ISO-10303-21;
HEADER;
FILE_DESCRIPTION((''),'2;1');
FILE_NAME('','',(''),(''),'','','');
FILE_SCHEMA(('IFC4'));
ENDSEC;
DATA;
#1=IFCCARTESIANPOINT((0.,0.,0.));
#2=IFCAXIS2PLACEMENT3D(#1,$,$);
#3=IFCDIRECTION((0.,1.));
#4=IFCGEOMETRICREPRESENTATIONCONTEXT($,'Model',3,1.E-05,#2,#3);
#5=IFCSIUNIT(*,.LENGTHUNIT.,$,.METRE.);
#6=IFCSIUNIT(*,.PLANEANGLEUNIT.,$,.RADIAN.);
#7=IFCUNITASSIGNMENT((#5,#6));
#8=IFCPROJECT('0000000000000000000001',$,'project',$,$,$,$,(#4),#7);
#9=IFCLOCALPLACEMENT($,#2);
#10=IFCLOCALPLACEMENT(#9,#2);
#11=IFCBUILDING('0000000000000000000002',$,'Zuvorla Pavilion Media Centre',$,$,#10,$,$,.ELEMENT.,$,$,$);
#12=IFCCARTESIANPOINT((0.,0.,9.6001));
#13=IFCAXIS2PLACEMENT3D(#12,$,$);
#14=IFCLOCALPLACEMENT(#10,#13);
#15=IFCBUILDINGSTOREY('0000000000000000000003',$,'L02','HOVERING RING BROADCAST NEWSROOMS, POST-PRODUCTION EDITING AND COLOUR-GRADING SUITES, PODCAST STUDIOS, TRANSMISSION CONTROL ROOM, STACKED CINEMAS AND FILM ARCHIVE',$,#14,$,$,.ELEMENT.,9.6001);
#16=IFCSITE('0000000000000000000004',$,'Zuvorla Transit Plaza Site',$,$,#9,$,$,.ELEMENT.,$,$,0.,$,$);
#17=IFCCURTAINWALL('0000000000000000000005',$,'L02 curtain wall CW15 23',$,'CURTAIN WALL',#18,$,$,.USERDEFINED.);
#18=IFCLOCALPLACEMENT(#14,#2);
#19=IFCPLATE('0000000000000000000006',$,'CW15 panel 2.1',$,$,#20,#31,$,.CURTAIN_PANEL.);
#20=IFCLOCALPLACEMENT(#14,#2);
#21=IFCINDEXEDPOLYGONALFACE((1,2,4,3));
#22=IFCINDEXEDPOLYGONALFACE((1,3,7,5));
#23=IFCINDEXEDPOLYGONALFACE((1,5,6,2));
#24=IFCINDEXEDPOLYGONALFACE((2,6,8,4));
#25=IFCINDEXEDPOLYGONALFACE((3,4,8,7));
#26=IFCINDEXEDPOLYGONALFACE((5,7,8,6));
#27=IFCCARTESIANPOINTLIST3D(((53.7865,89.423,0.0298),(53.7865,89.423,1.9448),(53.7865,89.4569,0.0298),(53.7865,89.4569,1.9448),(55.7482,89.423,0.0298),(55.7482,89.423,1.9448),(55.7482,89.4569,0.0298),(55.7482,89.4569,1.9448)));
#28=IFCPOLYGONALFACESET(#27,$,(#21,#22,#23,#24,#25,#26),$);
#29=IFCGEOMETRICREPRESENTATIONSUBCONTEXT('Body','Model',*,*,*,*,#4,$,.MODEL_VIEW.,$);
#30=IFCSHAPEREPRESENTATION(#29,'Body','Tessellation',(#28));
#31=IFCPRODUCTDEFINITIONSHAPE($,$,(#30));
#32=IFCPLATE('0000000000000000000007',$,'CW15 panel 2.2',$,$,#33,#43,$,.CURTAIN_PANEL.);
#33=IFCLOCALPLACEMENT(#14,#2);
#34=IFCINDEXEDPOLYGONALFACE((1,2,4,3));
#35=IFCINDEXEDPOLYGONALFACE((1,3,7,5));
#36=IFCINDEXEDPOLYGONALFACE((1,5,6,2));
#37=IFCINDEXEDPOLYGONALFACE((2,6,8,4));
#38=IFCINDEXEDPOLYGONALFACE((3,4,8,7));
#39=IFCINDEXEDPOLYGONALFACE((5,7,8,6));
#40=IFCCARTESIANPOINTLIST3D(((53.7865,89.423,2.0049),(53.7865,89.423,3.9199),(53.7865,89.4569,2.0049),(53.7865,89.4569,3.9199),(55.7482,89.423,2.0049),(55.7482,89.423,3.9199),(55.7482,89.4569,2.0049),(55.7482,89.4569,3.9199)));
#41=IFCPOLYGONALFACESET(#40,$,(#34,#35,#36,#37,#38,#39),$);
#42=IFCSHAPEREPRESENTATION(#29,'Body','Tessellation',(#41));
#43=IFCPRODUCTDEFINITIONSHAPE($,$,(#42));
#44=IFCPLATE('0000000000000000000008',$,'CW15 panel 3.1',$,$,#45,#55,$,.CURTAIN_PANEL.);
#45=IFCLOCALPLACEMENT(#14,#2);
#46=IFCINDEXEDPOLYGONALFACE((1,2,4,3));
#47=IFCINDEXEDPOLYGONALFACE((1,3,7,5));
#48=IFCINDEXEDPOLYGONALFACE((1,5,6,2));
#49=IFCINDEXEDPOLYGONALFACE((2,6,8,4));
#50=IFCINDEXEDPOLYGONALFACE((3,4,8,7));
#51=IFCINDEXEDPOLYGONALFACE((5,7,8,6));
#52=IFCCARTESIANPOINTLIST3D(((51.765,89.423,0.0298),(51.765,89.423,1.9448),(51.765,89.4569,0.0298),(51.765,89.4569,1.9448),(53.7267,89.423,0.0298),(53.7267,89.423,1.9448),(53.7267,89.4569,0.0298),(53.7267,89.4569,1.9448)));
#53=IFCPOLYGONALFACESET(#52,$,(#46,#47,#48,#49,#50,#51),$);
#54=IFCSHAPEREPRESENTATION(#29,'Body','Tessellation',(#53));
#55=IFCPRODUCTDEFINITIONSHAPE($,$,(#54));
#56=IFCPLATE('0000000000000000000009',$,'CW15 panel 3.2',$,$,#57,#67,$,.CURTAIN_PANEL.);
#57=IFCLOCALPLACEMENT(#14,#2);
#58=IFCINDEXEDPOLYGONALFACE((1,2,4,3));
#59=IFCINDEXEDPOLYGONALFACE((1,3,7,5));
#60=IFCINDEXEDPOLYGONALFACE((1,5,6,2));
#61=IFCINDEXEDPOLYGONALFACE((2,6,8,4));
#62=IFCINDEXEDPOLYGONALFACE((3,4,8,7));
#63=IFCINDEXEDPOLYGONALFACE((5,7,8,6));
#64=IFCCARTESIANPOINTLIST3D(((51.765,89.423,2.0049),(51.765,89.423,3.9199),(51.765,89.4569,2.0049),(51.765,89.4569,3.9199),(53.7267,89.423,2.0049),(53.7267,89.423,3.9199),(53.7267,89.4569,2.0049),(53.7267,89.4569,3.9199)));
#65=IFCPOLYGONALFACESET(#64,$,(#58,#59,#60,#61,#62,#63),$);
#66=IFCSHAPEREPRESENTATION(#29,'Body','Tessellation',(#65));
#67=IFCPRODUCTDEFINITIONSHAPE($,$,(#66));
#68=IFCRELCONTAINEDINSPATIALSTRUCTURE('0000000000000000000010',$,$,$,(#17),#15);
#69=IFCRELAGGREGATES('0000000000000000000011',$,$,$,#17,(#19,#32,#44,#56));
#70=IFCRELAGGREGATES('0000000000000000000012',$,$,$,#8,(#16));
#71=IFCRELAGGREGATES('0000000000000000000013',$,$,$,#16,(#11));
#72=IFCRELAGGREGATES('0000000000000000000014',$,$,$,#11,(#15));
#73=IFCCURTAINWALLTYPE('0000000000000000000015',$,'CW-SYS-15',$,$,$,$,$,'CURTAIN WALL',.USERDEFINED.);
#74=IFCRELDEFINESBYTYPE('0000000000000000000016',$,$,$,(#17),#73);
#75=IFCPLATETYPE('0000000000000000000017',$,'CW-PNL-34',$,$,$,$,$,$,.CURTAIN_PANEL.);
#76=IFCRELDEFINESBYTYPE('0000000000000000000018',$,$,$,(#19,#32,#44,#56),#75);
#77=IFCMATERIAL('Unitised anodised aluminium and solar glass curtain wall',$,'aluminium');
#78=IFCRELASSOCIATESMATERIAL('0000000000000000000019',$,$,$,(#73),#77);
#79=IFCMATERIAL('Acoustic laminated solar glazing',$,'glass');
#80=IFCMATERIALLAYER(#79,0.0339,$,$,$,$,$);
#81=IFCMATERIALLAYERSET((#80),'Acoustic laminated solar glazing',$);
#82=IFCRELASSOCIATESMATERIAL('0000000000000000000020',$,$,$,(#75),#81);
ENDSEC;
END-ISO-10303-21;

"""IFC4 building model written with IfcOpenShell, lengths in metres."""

from ifc_helpers import new_model, si_unit, direction, frame, origin, origin_2d, place, context, subcontext, project, spatial, rectangle, extrude, material, layer, layer_set, type_object, element, aggregate, save


model = new_model("IFC4")

# Units and contexts
model_context = context("Model", 3, precision=1e-05, world=origin(), true_north=direction((0.0, 1.0)))
body_context = subcontext(model_context, "Body", "Model", "MODEL_VIEW")
ifc_project = project(units=[si_unit("LENGTHUNIT", "METRE"), si_unit("PLANEANGLEUNIT", "RADIAN")], contexts=[model_context])

# Site, building, storey
site_placement = place(None, origin())
site = spatial("IfcSite", under=ifc_project, at=site_placement, Name="Zuvorla Transit Plaza Site", CompositionType="ELEMENT", RefElevation=0.0)
building_placement = place(site_placement, origin())
building = spatial("IfcBuilding", under=site, at=building_placement, Name="Zuvorla Pavilion Media Centre", CompositionType="ELEMENT")
storey_placement = place(building_placement, frame((0.0, 0.0, 9.6001)))
storey = spatial("IfcBuildingStorey", under=building, at=storey_placement, Name="L02", Description="HOVERING RING BROADCAST NEWSROOMS, POST-PRODUCTION EDITING AND COLOUR-GRADING SUITES, PODCAST STUDIOS, TRANSMISSION CONTROL ROOM, STACKED CINEMAS AND FILM ARCHIVE", CompositionType="ELEMENT", Elevation=9.6001)

# Shared definitions
ifc_material_1 = material(Name="Unitised anodised aluminium and solar glass curtain wall", Category="aluminium")

# Curtain wall, plates
curtain_wall_type_1 = type_object("IfcCurtainWallType", Name="CW-SYS-15", ElementType="CURTAIN WALL", PredefinedType="USERDEFINED", material=ifc_material_1)
curtain_wall_1_placement = place(storey_placement, origin())
curtain_wall_1 = element("IfcCurtainWall", 1, at=curtain_wall_1_placement, inside=storey, type_object=curtain_wall_type_1, Name="L02 curtain wall CW15 23", ObjectType="CURTAIN WALL", PredefinedType="USERDEFINED")
ifc_material_2 = material(Name="Acoustic laminated solar glazing", Category="glass")
ifc_layer = layer(ifc_material_2, 0.0339)
ifc_layer_set = layer_set([ifc_layer], Name="Acoustic laminated solar glazing")
plate_type = type_object("IfcPlateType", Name="CW-PNL-34", PredefinedType="CURTAIN_PANEL", material=ifc_layer_set)
plate_1_placement = place(storey_placement, frame((54.7673, 89.4399, 0.0298), z_axis=(0.0, 0.0, 1.0), x_axis=(-1.0, 0.0, 0.0)))
plate_1 = element("IfcPlate", 2, at=plate_1_placement, type_object=plate_type, Name="CW15 panel 2.1", PredefinedType="CURTAIN_PANEL", context=body_context, shape_type="SweptSolid", body=[
    extrude(rectangle(XDim=1.9617, YDim=0.0339, at=origin_2d()), origin(), (0.0, 0.0, 1.0), 1.915),
])
plate_2_placement = place(storey_placement, frame((54.7673, 89.4399, 2.0049), z_axis=(0.0, 0.0, 1.0), x_axis=(-1.0, 0.0, 0.0)))
plate_2 = element("IfcPlate", 3, at=plate_2_placement, type_object=plate_type, Name="CW15 panel 2.2", PredefinedType="CURTAIN_PANEL", context=body_context, shape_type="SweptSolid", body=[
    extrude(rectangle(XDim=1.9617, YDim=0.0339, at=origin_2d()), origin(), (0.0, 0.0, 1.0), 1.915),
])
plate_3_placement = place(storey_placement, frame((52.7458, 89.4399, 0.0298), z_axis=(0.0, 0.0, 1.0), x_axis=(-1.0, 0.0, 0.0)))
plate_3 = element("IfcPlate", 4, at=plate_3_placement, type_object=plate_type, Name="CW15 panel 3.1", PredefinedType="CURTAIN_PANEL", context=body_context, shape_type="SweptSolid", body=[
    extrude(rectangle(XDim=1.9617, YDim=0.0339, at=origin_2d()), origin(), (0.0, 0.0, 1.0), 1.915),
])
plate_4_placement = place(storey_placement, frame((52.7458, 89.4399, 2.0049), z_axis=(0.0, 0.0, 1.0), x_axis=(-1.0, 0.0, 0.0)))
plate_4 = element("IfcPlate", 5, at=plate_4_placement, type_object=plate_type, Name="CW15 panel 3.2", PredefinedType="CURTAIN_PANEL", context=body_context, shape_type="SweptSolid", body=[
    extrude(rectangle(XDim=1.9617, YDim=0.0339, at=origin_2d()), origin(), (0.0, 0.0, 1.0), 1.915),
])
aggregate(curtain_wall_1, [plate_1, plate_2, plate_3, plate_4])

save(model, "model.ifc")
